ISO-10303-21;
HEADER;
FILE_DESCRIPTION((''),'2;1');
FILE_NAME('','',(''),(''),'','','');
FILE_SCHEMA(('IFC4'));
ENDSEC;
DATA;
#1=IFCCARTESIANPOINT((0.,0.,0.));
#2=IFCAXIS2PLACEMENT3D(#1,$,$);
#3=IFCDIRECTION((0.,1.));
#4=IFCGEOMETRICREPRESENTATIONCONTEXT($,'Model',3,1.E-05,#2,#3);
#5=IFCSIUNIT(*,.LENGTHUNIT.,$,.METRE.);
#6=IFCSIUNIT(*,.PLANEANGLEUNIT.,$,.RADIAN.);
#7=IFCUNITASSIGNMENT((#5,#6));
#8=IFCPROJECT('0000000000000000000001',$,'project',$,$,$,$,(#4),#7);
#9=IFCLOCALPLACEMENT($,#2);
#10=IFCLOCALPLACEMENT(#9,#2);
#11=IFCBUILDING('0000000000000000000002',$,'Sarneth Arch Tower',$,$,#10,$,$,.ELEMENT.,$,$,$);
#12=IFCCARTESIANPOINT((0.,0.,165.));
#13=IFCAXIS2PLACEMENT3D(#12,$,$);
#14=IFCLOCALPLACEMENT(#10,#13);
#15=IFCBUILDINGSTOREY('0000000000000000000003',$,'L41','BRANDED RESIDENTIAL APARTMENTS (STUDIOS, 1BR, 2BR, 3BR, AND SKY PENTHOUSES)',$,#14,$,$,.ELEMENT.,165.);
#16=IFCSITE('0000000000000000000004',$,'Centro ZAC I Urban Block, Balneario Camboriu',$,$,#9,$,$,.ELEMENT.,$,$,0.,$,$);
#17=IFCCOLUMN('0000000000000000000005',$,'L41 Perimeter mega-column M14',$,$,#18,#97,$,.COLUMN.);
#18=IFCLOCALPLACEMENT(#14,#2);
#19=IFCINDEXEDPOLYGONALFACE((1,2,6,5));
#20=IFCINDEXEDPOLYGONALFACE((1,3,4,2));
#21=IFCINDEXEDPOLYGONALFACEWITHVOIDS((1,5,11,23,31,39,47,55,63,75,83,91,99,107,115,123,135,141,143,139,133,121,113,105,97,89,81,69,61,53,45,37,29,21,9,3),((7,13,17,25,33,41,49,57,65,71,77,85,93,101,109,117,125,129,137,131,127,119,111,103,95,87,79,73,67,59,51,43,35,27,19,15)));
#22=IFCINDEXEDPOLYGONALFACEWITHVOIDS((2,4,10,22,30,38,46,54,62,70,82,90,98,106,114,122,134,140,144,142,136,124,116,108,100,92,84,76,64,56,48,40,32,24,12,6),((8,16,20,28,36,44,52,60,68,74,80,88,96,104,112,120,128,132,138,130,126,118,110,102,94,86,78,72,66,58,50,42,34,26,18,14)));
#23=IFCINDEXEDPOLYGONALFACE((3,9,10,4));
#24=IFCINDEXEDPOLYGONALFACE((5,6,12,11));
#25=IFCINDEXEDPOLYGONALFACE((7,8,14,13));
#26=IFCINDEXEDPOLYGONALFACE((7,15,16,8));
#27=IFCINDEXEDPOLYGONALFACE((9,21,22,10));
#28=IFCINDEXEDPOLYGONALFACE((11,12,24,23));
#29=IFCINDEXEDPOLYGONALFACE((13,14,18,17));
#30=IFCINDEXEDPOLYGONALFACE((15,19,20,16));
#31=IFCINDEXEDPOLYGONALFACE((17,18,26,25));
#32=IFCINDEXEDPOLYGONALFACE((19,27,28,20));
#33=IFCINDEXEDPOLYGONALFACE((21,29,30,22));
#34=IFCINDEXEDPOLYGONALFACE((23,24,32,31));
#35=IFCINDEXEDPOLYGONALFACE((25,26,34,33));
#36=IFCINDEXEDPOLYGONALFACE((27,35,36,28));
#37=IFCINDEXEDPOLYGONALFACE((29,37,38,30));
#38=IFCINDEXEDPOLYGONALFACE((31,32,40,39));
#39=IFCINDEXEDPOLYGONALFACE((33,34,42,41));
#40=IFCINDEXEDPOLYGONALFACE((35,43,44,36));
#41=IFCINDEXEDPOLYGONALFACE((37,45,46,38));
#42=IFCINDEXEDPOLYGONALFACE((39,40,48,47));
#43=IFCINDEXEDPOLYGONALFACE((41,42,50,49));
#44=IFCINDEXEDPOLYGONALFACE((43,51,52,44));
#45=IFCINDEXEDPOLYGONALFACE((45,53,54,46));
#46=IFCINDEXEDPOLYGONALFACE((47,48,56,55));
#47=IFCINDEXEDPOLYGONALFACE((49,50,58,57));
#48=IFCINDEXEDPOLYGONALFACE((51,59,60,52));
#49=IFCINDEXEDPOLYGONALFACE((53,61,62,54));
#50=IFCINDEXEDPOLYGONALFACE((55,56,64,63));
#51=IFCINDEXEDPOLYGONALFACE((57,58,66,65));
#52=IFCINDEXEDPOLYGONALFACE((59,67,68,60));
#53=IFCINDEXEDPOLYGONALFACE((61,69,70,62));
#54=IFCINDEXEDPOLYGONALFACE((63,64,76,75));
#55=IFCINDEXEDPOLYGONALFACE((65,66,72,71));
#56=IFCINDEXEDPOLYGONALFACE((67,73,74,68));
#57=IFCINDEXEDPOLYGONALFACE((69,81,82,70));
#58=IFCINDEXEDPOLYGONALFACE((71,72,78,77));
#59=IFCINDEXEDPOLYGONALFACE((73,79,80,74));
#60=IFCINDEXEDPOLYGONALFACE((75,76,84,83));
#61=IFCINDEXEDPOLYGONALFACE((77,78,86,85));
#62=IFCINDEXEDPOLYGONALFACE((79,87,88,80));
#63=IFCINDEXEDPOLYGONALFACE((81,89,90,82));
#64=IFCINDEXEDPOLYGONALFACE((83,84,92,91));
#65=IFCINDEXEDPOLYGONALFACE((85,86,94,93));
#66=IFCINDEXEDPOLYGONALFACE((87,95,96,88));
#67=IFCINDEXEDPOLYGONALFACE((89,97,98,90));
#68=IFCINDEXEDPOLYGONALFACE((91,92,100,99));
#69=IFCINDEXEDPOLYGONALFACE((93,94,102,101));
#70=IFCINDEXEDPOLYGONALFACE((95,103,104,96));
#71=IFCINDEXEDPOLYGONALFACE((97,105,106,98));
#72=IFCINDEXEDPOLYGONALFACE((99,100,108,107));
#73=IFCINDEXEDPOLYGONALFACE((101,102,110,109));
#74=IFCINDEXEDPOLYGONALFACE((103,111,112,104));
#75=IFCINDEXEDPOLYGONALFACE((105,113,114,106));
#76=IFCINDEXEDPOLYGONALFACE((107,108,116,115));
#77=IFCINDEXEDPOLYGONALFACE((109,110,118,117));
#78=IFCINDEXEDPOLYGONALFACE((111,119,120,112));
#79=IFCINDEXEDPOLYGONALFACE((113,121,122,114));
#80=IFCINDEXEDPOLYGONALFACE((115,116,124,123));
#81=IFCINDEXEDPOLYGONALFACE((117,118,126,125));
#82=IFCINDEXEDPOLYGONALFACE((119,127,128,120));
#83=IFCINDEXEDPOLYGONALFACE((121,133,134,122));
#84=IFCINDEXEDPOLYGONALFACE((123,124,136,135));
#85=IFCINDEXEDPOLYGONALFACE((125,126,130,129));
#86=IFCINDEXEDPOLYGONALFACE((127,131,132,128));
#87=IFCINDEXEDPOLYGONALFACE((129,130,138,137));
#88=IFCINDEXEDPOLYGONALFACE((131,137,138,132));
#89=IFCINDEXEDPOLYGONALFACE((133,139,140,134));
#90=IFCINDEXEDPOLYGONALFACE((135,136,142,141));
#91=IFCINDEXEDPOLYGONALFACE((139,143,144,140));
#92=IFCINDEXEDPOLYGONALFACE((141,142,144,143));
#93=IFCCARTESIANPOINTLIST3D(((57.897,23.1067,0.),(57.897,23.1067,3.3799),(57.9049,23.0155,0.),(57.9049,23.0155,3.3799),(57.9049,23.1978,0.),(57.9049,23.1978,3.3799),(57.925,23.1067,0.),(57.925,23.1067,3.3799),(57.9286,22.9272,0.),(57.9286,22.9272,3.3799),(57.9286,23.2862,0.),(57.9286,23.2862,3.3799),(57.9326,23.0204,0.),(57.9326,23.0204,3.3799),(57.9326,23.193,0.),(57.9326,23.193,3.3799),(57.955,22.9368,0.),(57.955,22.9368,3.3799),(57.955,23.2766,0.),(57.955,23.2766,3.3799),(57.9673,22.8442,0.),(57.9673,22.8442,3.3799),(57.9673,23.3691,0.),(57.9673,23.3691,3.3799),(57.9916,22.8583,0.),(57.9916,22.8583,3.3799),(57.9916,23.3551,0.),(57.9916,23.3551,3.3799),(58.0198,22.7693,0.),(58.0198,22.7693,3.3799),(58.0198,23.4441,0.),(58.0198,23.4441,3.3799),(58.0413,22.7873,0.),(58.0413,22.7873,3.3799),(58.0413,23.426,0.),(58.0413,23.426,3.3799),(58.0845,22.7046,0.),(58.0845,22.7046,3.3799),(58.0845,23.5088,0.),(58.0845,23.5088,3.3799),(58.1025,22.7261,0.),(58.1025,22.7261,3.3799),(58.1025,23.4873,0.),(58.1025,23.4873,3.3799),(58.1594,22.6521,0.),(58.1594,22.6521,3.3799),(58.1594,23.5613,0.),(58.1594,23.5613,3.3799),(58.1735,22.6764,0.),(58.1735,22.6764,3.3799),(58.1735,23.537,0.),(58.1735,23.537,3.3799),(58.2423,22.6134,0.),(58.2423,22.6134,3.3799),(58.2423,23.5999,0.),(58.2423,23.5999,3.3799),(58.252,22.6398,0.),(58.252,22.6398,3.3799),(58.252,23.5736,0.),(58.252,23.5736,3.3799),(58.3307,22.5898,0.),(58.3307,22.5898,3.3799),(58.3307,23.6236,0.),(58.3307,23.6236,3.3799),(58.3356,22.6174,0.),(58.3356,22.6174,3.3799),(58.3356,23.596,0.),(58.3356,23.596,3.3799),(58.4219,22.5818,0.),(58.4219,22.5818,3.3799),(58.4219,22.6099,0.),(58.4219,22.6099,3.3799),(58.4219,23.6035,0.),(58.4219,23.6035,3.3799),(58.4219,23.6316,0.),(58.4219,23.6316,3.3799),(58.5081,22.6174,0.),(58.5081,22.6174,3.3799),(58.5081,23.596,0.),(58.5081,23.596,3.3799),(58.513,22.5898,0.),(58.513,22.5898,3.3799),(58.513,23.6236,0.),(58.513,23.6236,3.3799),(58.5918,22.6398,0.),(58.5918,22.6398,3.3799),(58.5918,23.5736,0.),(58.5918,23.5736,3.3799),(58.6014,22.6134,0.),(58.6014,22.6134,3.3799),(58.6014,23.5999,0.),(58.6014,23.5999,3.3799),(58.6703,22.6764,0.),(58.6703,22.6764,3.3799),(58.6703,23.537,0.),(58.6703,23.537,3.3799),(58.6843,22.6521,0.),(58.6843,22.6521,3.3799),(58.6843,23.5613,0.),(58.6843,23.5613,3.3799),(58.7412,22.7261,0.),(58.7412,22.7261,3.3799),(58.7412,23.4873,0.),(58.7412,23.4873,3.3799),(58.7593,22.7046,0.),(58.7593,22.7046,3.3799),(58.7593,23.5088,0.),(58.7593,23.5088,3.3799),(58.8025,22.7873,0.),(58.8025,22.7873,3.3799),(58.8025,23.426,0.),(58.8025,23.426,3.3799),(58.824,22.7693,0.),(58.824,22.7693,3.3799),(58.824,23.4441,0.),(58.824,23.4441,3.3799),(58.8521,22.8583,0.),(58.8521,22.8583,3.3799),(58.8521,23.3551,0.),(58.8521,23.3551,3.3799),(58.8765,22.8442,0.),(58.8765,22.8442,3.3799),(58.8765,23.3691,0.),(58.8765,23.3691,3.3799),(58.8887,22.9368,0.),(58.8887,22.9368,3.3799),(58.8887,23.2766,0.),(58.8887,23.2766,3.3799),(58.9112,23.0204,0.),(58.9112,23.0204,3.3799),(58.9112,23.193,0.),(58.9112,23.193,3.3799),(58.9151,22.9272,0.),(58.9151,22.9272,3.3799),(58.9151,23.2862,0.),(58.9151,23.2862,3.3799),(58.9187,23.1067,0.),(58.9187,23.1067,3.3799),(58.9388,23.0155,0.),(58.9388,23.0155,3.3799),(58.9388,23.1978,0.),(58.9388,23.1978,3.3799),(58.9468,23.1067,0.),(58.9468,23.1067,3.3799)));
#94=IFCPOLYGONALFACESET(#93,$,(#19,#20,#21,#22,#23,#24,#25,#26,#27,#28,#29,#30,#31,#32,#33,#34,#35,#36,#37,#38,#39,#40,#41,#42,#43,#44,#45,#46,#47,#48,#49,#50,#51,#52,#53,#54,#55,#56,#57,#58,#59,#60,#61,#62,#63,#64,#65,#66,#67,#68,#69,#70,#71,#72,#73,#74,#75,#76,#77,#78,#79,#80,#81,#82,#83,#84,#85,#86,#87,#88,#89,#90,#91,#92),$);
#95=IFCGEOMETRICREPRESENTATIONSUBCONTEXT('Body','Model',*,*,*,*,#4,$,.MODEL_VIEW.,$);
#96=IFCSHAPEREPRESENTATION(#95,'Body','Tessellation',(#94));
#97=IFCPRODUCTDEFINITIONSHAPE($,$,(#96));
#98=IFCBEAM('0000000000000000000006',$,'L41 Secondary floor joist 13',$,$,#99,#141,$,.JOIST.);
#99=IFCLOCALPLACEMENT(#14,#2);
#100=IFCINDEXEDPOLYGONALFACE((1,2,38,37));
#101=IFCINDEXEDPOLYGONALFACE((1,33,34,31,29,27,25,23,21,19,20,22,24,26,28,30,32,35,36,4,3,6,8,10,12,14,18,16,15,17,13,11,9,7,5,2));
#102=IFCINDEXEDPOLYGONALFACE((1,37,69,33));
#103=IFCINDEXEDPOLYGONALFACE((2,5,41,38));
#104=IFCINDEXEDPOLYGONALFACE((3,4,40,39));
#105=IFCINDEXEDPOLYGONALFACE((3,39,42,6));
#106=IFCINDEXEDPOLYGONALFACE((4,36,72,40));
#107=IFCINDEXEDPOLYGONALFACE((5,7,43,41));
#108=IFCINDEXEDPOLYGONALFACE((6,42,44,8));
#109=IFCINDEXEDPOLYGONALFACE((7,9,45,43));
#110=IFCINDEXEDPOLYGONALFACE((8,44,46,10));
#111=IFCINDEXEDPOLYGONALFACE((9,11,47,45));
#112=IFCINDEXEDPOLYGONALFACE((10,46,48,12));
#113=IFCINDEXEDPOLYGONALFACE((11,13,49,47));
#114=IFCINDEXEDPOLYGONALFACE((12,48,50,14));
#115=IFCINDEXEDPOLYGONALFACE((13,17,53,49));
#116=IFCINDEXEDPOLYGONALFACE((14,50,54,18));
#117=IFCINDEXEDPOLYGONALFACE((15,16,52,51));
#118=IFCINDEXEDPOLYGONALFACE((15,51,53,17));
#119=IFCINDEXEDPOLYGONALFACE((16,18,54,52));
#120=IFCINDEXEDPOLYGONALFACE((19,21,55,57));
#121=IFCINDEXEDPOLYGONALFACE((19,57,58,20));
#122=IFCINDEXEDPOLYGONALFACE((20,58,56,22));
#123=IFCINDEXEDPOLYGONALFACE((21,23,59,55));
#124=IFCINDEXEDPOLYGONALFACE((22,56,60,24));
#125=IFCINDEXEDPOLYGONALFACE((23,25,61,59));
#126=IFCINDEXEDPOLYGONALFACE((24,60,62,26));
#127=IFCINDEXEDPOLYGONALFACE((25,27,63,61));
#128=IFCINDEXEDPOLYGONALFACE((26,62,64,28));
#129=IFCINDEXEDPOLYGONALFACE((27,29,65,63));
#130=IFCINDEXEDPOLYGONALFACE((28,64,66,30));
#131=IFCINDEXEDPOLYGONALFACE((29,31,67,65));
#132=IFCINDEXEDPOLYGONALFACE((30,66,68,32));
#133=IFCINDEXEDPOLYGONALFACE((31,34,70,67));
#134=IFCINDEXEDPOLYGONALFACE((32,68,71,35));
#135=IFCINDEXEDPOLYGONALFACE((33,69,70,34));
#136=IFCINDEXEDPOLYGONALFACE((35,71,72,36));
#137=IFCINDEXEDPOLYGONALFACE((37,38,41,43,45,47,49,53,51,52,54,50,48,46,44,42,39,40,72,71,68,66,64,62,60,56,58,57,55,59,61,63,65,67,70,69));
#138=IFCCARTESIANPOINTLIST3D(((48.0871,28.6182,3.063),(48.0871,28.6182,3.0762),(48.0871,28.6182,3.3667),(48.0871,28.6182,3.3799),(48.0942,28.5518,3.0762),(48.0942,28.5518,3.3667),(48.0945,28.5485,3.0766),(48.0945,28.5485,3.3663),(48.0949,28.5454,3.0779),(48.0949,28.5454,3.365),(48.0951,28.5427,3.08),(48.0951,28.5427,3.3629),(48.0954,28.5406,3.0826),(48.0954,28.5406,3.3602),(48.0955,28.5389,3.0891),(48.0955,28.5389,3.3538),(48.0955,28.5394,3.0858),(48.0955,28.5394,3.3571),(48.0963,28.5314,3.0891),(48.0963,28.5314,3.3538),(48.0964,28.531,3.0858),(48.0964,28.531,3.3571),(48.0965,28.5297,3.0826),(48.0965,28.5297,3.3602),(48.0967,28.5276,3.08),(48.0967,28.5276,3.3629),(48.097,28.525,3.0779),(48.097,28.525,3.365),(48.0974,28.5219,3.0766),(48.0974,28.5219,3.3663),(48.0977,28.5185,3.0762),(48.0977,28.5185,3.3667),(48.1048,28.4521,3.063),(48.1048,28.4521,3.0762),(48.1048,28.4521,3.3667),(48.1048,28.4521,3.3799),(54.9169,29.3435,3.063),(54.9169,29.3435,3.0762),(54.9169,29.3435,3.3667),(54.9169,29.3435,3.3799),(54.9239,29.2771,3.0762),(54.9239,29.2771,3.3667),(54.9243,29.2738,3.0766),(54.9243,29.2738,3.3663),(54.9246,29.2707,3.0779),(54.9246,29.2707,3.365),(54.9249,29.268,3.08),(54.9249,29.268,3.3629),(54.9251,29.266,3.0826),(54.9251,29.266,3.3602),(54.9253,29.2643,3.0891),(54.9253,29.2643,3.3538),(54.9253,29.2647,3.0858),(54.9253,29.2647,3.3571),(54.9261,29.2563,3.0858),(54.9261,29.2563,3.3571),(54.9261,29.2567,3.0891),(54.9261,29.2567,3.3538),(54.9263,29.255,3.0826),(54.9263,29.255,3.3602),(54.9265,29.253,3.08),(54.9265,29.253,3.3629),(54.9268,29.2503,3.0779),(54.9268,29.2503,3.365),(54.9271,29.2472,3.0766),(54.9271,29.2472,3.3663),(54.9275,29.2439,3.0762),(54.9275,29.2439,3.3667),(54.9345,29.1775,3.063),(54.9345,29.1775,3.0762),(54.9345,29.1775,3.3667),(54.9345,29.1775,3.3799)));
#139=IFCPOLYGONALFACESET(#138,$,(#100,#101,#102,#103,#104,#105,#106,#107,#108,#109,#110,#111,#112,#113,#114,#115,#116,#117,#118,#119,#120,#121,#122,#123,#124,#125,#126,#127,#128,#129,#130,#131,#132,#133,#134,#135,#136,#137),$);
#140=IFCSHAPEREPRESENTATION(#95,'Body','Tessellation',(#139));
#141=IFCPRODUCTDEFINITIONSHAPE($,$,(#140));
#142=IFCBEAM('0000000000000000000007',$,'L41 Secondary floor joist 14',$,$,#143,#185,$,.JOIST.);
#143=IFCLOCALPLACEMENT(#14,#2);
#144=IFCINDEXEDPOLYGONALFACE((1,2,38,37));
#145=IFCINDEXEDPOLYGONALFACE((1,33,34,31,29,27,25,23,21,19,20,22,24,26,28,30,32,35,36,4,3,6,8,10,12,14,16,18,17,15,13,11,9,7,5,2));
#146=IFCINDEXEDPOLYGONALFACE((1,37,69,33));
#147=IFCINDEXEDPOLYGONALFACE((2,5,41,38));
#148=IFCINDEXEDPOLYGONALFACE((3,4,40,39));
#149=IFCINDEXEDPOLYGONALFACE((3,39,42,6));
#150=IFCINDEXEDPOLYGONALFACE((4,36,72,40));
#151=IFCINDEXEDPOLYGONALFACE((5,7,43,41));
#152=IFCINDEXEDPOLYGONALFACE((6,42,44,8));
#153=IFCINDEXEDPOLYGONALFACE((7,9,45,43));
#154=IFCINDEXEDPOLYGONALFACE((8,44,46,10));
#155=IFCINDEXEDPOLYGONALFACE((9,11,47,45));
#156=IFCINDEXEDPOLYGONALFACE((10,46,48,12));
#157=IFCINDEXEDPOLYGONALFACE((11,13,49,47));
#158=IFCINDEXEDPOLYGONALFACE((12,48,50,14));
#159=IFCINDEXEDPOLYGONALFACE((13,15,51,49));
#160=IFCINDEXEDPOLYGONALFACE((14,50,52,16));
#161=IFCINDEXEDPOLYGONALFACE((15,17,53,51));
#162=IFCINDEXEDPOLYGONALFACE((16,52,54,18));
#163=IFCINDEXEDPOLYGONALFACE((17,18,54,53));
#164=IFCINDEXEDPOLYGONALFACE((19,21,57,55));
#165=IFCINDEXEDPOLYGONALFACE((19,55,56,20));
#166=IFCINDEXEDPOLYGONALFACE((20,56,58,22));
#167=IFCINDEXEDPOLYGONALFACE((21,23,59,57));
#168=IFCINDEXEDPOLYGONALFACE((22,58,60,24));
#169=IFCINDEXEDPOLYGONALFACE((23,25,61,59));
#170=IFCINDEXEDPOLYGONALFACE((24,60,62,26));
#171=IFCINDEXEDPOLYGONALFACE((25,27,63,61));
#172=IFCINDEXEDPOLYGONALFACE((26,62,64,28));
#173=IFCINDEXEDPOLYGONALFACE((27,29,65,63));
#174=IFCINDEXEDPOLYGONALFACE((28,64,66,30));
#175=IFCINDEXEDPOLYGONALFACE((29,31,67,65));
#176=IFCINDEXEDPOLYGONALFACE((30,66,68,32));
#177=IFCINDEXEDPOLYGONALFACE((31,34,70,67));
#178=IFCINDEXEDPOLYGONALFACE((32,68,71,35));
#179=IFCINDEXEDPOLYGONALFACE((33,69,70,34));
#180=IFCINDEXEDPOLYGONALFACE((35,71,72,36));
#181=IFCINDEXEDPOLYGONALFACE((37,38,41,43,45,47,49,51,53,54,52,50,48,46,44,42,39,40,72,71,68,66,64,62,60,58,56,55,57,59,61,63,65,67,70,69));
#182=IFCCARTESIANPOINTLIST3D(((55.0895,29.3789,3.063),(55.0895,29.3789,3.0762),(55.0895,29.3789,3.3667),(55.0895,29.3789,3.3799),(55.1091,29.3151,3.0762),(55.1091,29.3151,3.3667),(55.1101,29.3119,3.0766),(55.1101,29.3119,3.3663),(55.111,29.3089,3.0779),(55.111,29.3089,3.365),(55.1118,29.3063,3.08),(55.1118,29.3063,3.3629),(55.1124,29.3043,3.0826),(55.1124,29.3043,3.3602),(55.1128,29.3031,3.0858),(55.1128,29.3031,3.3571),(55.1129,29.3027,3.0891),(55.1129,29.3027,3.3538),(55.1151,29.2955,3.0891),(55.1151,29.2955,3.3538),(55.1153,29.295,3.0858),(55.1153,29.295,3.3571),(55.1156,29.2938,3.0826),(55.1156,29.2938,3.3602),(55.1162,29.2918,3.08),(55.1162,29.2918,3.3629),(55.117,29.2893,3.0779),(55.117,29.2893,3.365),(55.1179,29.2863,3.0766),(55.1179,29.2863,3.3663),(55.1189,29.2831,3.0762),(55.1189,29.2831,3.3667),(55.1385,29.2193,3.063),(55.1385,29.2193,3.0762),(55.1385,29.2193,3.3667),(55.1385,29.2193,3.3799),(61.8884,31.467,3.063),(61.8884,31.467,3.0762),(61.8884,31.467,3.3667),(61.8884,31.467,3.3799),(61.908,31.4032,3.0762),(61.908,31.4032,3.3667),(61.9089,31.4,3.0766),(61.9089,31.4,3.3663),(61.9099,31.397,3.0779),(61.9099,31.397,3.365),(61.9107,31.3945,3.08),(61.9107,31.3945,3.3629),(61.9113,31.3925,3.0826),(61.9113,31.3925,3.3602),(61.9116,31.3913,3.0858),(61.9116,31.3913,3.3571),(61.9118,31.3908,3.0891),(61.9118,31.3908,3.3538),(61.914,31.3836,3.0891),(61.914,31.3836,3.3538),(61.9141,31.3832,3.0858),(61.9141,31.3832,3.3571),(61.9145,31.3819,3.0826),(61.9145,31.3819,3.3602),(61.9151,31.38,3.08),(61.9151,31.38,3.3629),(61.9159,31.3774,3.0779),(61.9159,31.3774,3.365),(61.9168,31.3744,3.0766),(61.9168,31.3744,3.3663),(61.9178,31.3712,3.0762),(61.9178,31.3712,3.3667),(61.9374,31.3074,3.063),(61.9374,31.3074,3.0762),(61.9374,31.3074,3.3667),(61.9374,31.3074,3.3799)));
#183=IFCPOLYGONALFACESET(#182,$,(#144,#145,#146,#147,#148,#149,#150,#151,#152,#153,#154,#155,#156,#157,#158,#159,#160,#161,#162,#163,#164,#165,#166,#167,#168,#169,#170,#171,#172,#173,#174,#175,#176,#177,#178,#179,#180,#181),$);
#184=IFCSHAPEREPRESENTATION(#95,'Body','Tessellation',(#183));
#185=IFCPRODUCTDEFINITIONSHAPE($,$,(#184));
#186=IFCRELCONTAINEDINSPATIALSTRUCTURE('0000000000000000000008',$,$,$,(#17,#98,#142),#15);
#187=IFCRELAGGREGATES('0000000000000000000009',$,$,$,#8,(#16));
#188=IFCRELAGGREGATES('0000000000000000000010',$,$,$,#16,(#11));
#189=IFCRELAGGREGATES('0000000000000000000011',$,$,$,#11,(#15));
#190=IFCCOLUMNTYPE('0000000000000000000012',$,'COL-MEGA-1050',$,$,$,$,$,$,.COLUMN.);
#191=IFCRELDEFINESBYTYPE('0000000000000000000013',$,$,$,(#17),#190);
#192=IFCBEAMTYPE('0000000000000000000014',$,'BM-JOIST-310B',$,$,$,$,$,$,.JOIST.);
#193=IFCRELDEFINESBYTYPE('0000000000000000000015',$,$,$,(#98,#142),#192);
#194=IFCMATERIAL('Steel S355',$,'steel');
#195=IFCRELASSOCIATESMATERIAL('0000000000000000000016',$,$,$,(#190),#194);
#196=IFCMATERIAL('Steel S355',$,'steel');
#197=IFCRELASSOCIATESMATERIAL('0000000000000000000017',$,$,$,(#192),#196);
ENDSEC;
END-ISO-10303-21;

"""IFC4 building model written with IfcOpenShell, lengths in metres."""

from ifc_helpers import new_model, si_unit, direction, frame, origin, origin_2d, place, context, subcontext, project, spatial, hollow_circle, i_section, extrude, material, material_profile, profile_set, type_object, element, save


model = new_model("IFC4")

# Units and contexts
model_context = context("Model", 3, precision=1e-05, world=origin(), true_north=direction((0.0, 1.0)))
body_context = subcontext(model_context, "Body", "Model", "MODEL_VIEW")
ifc_project = project(units=[si_unit("LENGTHUNIT", "METRE"), si_unit("PLANEANGLEUNIT", "RADIAN")], contexts=[model_context])

# Site, building, storey
site_placement = place(None, origin())
site = spatial("IfcSite", under=ifc_project, at=site_placement, Name="Centro ZAC I Urban Block, Balneario Camboriu", CompositionType="ELEMENT", RefElevation=0.0)
building_placement = place(site_placement, origin())
building = spatial("IfcBuilding", under=site, at=building_placement, Name="Sarneth Arch Tower", CompositionType="ELEMENT")
storey_placement = place(building_placement, frame((0.0, 0.0, 165.0)))
storey = spatial("IfcBuildingStorey", under=building, at=storey_placement, Name="L41", Description="BRANDED RESIDENTIAL APARTMENTS (STUDIOS, 1BR, 2BR, 3BR, AND SKY PENTHOUSES)", CompositionType="ELEMENT", Elevation=165.0)

# Column
ifc_material_1 = material(Name="Steel S355", Category="steel")
ifc_material_profile_1 = material_profile(ifc_material_1, hollow_circle(Radius=0.5249, WallThickness=0.0281, at=origin_2d()), Name="CHS1050x28")
ifc_profile_set_1 = profile_set([ifc_material_profile_1], Name="Steel S355")
column_type = type_object("IfcColumnType", Name="COL-MEGA-1050", PredefinedType="COLUMN", material=ifc_profile_set_1)
column_placement = place(storey_placement, frame((58.4219, 23.1067, 0.0), z_axis=(0.0, 0.0, 1.0), x_axis=(1.0, 0.0, 0.0)))
element("IfcColumn", 1, at=column_placement, inside=storey, type_object=column_type, Name="L41 Perimeter mega-column M14", PredefinedType="COLUMN", context=body_context, shape_type="SweptSolid", body=[
    extrude(hollow_circle(Radius=0.5249, WallThickness=0.0281, at=origin_2d()), origin(), (0.0, 0.0, 1.0), 3.3799),
])

# Beams
ifc_material_2 = material(Name="Steel S355", Category="steel")
ifc_material_profile_2 = material_profile(ifc_material_2, i_section(OverallWidth=0.167, OverallDepth=0.3169, WebThickness=0.0076, FlangeThickness=0.0132, FilletRadius=0.0129, at=origin_2d()), Name="W310x52")
ifc_profile_set_2 = profile_set([ifc_material_profile_2], Name="Steel S355")
beam_type_1 = type_object("IfcBeamType", Name="BM-JOIST-310B", PredefinedType="JOIST", material=ifc_profile_set_2)
beam_1_placement = place(storey_placement, frame((48.0959, 28.5352, 3.2214), z_axis=(0.994408, 0.105608, 0.0), x_axis=(-0.105608, 0.994408, 0.0)))
element("IfcBeam", 2, at=beam_1_placement, inside=storey, type_object=beam_type_1, Name="L41 Secondary floor joist 13", PredefinedType="JOIST", context=body_context, shape_type="SweptSolid", body=[
    extrude(i_section(OverallWidth=0.167, OverallDepth=0.3169, WebThickness=0.0076, FlangeThickness=0.0132, FilletRadius=0.0129, at=origin_2d()), origin(), (0.0, 0.0, 1.0), 6.8682),
])
beam_2_placement = place(storey_placement, frame((55.114, 29.2991, 3.2214), z_axis=(0.95593, 0.293596, 0.0), x_axis=(-0.293596, 0.95593, 0.0)))
element("IfcBeam", 3, at=beam_2_placement, inside=storey, type_object=beam_type_1, Name="L41 Secondary floor joist 14", PredefinedType="JOIST", context=body_context, shape_type="SweptSolid", body=[
    extrude(i_section(OverallWidth=0.167, OverallDepth=0.3169, WebThickness=0.0076, FlangeThickness=0.0132, FilletRadius=0.0129, at=origin_2d()), origin(), (0.0, 0.0, 1.0), 7.1123),
])

save(model, "model.ifc")
